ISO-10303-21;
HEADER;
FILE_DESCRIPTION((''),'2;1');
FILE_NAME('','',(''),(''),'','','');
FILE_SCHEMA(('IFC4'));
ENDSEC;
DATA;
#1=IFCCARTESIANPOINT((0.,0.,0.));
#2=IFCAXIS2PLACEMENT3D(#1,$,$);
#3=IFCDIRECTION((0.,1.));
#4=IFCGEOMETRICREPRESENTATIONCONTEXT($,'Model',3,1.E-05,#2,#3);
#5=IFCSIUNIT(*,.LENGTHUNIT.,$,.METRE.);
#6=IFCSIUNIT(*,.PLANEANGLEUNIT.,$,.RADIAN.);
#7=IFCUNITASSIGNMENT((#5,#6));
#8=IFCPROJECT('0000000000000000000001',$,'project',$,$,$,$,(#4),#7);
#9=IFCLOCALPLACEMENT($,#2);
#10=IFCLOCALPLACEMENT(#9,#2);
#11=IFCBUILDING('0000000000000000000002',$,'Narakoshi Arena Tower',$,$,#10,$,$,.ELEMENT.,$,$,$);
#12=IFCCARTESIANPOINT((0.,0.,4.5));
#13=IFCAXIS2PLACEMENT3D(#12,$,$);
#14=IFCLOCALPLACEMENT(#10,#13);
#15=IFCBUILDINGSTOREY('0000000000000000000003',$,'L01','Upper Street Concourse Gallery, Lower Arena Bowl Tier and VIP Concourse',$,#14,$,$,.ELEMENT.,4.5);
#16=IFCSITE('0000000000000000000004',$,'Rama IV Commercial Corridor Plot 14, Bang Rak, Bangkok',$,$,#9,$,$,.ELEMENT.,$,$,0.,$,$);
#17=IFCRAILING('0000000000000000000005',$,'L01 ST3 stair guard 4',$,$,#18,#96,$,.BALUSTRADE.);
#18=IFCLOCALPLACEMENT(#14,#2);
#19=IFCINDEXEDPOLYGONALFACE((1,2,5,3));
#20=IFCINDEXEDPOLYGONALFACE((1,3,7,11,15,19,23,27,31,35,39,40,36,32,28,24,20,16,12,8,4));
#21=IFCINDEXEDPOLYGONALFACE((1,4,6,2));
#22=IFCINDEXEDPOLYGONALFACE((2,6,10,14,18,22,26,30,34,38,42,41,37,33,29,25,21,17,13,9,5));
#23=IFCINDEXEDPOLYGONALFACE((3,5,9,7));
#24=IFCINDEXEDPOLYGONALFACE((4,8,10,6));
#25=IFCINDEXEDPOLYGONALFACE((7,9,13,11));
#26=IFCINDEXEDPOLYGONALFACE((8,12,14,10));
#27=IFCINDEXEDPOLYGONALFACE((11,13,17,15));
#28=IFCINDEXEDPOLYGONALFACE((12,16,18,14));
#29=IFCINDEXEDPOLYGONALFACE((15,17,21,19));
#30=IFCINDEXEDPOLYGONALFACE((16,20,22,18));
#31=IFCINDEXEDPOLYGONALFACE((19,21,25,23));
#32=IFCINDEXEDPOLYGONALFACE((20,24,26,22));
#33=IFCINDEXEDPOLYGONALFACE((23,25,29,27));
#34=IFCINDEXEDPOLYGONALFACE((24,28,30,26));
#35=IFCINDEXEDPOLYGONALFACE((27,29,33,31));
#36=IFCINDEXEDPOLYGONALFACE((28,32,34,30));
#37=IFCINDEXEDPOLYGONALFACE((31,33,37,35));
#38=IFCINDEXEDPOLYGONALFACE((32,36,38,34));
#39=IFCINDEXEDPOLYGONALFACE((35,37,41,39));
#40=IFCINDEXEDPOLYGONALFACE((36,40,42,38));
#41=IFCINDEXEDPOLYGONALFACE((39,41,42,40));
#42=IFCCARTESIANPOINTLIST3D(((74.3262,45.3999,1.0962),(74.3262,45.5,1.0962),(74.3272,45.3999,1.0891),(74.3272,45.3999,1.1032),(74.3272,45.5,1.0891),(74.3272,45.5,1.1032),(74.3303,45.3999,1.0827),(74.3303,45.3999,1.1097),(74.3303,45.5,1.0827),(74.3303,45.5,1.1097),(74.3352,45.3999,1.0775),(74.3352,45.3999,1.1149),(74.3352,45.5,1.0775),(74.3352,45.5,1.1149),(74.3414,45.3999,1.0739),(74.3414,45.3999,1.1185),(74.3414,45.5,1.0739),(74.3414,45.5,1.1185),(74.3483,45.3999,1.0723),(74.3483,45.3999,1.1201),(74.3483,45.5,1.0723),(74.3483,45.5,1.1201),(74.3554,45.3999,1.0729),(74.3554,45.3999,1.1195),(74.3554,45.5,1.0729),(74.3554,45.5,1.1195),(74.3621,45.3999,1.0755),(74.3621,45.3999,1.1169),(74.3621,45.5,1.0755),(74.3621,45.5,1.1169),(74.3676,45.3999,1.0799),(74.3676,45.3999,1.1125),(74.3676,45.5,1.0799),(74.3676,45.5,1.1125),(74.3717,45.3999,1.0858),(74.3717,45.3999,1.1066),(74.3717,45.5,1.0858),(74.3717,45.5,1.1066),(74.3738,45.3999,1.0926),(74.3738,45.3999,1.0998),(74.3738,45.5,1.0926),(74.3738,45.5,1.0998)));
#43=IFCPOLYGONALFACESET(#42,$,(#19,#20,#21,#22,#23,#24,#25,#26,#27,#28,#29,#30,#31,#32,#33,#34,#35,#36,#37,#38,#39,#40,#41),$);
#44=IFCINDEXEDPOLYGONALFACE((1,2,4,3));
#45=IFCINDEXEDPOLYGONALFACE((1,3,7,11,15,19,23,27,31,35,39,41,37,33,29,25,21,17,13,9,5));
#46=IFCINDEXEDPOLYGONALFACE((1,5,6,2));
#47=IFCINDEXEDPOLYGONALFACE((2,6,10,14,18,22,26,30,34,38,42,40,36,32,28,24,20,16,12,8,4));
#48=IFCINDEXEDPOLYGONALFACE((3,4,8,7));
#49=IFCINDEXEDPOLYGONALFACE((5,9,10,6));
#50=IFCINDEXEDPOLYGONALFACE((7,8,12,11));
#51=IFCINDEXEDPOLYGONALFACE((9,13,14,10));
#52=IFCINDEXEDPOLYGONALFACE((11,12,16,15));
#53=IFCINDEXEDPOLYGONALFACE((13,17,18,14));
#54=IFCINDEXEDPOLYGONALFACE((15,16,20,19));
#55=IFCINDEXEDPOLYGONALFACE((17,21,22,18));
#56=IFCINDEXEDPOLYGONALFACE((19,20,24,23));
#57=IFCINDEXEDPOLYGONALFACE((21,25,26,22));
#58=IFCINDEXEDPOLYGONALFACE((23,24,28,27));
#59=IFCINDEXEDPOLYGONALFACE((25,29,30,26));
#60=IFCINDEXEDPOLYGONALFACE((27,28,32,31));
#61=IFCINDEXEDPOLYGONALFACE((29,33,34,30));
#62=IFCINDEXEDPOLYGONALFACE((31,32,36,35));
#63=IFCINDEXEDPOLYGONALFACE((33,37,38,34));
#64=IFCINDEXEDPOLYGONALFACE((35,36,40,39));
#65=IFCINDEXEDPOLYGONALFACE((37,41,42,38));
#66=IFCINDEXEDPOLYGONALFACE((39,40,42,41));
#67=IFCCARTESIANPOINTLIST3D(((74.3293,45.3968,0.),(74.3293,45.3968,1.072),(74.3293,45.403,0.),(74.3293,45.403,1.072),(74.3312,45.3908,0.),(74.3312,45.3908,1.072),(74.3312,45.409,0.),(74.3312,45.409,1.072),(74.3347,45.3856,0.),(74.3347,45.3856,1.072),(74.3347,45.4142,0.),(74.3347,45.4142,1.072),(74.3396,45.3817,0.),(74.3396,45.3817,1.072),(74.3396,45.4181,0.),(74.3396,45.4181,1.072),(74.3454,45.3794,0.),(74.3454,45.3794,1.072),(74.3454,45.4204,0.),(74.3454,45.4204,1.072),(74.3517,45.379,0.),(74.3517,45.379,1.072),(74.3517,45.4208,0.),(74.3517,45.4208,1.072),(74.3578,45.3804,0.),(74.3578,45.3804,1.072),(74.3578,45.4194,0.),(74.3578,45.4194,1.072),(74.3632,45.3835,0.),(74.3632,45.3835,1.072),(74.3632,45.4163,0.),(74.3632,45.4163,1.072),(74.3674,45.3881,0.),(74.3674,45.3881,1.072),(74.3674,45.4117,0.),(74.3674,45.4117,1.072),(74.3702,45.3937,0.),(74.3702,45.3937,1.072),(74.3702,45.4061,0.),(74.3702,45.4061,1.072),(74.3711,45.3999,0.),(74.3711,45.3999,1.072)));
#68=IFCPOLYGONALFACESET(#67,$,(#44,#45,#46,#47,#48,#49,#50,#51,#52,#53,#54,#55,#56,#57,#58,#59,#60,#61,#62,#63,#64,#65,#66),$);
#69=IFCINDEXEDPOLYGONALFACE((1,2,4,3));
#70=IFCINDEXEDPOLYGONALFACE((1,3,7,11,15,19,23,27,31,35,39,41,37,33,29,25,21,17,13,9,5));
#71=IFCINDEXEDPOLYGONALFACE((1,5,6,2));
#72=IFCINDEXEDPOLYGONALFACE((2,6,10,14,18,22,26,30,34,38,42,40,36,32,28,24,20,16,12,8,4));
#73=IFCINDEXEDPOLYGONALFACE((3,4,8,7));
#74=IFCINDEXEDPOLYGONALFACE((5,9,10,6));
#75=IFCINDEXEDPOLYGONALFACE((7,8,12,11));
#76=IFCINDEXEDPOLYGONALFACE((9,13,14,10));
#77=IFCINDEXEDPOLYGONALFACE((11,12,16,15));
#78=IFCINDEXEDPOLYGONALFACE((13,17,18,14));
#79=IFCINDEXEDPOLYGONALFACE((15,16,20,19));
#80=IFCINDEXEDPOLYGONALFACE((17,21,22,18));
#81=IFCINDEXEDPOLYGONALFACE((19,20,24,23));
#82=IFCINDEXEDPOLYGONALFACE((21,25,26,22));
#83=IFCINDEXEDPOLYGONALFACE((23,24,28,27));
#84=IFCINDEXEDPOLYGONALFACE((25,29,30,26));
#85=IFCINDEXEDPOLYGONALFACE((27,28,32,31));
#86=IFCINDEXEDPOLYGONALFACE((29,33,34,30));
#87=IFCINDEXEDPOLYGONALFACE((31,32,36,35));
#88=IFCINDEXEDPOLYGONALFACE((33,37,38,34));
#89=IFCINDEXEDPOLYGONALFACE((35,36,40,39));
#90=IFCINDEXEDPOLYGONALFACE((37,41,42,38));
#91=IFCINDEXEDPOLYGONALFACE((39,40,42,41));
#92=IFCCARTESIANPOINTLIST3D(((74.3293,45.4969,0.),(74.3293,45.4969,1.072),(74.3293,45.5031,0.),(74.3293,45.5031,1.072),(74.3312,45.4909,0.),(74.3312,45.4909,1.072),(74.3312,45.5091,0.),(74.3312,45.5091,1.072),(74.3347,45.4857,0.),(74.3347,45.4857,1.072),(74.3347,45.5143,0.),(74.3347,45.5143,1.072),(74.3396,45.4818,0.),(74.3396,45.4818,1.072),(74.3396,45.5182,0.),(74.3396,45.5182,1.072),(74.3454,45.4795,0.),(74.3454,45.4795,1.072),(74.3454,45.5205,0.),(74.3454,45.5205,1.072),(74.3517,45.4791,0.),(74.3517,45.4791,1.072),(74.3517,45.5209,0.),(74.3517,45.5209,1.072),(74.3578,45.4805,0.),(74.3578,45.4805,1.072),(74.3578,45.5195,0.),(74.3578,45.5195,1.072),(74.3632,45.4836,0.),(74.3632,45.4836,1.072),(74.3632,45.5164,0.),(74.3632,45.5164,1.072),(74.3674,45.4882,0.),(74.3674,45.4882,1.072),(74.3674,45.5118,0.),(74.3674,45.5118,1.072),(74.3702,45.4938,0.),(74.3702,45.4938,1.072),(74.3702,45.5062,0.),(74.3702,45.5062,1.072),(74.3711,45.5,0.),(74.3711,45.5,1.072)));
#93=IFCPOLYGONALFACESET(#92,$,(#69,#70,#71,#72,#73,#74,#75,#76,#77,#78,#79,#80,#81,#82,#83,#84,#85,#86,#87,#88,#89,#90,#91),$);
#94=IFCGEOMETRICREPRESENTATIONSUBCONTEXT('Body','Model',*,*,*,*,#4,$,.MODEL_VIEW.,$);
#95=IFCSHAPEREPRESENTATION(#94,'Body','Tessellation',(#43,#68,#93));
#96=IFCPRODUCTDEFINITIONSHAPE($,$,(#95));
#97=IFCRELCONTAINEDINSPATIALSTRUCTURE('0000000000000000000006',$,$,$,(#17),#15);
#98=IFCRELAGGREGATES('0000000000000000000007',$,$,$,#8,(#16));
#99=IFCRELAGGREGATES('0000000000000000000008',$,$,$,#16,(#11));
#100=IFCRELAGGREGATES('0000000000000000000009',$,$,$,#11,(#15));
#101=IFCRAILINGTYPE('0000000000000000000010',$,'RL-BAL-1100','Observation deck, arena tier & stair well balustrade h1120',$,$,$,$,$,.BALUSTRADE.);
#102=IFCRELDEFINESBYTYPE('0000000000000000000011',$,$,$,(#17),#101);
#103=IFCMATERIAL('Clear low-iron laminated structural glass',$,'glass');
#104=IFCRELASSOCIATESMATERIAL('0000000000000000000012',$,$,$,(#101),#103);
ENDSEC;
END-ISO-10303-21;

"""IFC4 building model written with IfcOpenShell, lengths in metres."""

from ifc_helpers import new_model, si_unit, direction, frame, origin, origin_2d, place, context, subcontext, project, spatial, circle, extrude, material, type_object, element, save


model = new_model("IFC4")

# Units and contexts
model_context = context("Model", 3, precision=1e-05, world=origin(), true_north=direction((0.0, 1.0)))
body_context = subcontext(model_context, "Body", "Model", "MODEL_VIEW")
ifc_project = project(units=[si_unit("LENGTHUNIT", "METRE"), si_unit("PLANEANGLEUNIT", "RADIAN")], contexts=[model_context])

# Site, building, storey
site_placement = place(None, origin())
site = spatial("IfcSite", under=ifc_project, at=site_placement, Name="Rama IV Commercial Corridor Plot 14, Bang Rak, Bangkok", CompositionType="ELEMENT", RefElevation=0.0)
building_placement = place(site_placement, origin())
building = spatial("IfcBuilding", under=site, at=building_placement, Name="Narakoshi Arena Tower", CompositionType="ELEMENT")
storey_placement = place(building_placement, frame((0.0, 0.0, 4.5)))
storey = spatial("IfcBuildingStorey", under=building, at=storey_placement, Name="L01", Description="Upper Street Concourse Gallery, Lower Arena Bowl Tier and VIP Concourse", CompositionType="ELEMENT", Elevation=4.5)

# Railing
ifc_material_1 = material(Name="Clear low-iron laminated structural glass", Category="glass")
railing_type_1 = type_object("IfcRailingType", Name="RL-BAL-1100", Description="Observation deck, arena tier & stair well balustrade h1120", PredefinedType="BALUSTRADE", material=ifc_material_1)
railing_1_placement = place(storey_placement, frame((74.3501, 45.3999, 0.0)))
element("IfcRailing", 1, at=railing_1_placement, inside=storey, type_object=railing_type_1, Name="L01 ST3 stair guard 4", PredefinedType="BALUSTRADE", context=body_context, shape_type="SweptSolid", body=[
    extrude(circle(Radius=0.0239, at=origin_2d()), frame((0.0, 0.0, 1.0962), z_axis=(0.0, 1.0, 0.0), x_axis=(-1.0, 0.0, 0.0)), (0.0, 0.0, 1.0), 0.1001),
    extrude(circle(Radius=0.021, at=origin_2d()), origin(), (0.0, 0.0, 1.0), 1.072),
    extrude(circle(Radius=0.021, at=origin_2d()), frame((0.0, 0.1001, 0.0)), (0.0, 0.0, 1.0), 1.072),
])

save(model, "model.ifc")
